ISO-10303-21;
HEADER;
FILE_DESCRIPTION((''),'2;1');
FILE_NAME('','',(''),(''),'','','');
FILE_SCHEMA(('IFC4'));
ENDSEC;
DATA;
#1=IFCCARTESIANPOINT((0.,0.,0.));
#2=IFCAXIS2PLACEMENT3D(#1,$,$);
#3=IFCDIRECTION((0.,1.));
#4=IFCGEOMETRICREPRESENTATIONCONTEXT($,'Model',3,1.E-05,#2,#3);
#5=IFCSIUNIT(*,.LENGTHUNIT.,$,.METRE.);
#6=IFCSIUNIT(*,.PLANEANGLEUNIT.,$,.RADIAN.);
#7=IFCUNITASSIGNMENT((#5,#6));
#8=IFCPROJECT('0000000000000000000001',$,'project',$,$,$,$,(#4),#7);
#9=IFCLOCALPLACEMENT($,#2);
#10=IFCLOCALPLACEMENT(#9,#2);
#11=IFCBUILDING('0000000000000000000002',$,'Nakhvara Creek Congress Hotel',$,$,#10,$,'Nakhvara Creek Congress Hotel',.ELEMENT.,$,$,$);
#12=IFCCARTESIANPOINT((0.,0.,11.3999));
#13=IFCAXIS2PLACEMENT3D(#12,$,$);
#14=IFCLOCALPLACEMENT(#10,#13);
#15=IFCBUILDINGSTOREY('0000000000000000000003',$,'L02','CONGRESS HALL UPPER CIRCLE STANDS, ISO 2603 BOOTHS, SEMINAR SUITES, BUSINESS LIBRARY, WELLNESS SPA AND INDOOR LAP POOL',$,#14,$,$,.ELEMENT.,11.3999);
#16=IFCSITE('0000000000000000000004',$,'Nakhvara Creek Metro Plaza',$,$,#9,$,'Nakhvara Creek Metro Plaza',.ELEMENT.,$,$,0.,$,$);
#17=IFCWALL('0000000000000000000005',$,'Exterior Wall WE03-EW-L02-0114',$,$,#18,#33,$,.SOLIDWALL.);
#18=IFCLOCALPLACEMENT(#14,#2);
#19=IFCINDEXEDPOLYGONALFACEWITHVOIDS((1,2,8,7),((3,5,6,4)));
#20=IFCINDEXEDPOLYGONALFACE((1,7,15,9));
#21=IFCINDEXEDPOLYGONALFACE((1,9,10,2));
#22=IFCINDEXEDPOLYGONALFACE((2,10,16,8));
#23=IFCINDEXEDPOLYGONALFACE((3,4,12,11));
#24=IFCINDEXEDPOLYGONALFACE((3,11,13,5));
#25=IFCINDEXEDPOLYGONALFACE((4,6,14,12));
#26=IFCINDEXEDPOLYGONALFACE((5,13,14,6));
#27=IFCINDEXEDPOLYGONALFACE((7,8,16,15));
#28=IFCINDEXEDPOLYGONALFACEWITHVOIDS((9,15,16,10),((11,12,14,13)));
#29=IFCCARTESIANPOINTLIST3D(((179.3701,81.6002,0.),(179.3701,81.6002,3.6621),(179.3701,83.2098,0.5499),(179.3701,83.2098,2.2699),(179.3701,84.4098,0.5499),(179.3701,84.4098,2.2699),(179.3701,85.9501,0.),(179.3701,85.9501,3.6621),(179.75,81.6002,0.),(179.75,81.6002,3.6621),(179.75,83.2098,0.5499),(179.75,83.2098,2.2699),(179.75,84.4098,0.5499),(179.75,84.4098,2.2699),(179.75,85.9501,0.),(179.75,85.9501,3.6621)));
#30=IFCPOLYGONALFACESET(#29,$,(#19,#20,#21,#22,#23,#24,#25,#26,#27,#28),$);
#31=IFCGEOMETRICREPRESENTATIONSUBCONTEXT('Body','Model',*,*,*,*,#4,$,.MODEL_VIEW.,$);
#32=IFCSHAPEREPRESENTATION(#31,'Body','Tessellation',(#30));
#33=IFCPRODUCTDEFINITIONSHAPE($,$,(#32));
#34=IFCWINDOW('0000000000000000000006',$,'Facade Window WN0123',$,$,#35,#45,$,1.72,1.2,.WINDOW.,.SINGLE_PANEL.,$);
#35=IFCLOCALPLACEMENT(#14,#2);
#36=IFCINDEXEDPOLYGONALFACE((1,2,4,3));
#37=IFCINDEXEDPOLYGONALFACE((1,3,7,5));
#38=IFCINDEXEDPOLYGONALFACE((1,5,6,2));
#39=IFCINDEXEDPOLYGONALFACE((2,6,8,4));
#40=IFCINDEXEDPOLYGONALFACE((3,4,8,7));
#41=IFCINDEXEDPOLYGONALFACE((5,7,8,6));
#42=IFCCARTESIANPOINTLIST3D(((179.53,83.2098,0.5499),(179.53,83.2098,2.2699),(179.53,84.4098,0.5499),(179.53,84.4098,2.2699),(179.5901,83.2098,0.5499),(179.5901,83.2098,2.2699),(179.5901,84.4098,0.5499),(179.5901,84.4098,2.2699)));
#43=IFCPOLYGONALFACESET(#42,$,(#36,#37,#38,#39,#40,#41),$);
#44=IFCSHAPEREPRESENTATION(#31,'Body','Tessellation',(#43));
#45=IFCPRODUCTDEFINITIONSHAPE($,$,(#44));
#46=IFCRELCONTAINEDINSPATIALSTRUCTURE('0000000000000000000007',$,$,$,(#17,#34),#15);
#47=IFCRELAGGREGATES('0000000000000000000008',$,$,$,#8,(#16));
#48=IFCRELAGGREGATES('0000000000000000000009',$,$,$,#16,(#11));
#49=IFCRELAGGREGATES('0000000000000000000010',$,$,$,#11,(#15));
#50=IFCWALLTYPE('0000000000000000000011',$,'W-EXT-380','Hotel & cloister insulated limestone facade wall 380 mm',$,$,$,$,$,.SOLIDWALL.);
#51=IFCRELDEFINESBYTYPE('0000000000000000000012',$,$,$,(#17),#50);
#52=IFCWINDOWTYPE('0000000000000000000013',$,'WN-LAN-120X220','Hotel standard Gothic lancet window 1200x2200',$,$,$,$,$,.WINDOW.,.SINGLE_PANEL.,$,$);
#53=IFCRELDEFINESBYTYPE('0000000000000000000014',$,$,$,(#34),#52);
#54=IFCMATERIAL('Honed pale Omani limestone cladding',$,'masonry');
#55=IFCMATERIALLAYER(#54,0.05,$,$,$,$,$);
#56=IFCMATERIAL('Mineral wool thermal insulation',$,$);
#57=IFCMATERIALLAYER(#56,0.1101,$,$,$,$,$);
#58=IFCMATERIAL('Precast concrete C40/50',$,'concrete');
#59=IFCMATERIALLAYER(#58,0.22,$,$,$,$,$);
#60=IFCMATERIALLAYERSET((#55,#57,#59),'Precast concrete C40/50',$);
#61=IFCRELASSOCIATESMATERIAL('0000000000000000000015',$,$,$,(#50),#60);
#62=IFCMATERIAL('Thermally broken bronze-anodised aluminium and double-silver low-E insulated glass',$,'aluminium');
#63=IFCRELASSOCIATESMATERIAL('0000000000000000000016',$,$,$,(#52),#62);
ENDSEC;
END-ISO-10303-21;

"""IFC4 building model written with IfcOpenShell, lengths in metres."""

from ifc_helpers import new_model, si_unit, direction, frame, frame_2d, origin, place, context, subcontext, project, spatial, rectangle, extrude, material, layer, layer_set, type_object, element, fill, save


model = new_model("IFC4")

# Units and contexts
model_context = context("Model", 3, precision=1e-05, world=origin(), true_north=direction((0.0, 1.0)))
body_context = subcontext(model_context, "Body", "Model", "MODEL_VIEW")
ifc_project = project(units=[si_unit("LENGTHUNIT", "METRE"), si_unit("PLANEANGLEUNIT", "RADIAN")], contexts=[model_context])

# Site, building, storey
site_placement = place(None, origin())
site = spatial("IfcSite", under=ifc_project, at=site_placement, Name="Nakhvara Creek Metro Plaza", LongName="Nakhvara Creek Metro Plaza", CompositionType="ELEMENT", RefElevation=0.0)
building_placement = place(site_placement, origin())
building = spatial("IfcBuilding", under=site, at=building_placement, Name="Nakhvara Creek Congress Hotel", LongName="Nakhvara Creek Congress Hotel", CompositionType="ELEMENT")
storey_placement = place(building_placement, frame((0.0, 0.0, 11.3999)))
storey = spatial("IfcBuildingStorey", under=building, at=storey_placement, Name="L02", Description="CONGRESS HALL UPPER CIRCLE STANDS, ISO 2603 BOOTHS, SEMINAR SUITES, BUSINESS LIBRARY, WELLNESS SPA AND INDOOR LAP POOL", CompositionType="ELEMENT", Elevation=11.3999)

# Wall, opening, window
ifc_material_1 = material(Name="Honed pale Omani limestone cladding", Category="masonry")
ifc_layer_1 = layer(ifc_material_1, 0.05)
ifc_material_2 = material(Name="Mineral wool thermal insulation")
ifc_layer_2 = layer(ifc_material_2, 0.1101)
ifc_material_3 = material(Name="Precast concrete C40/50", Category="concrete")
ifc_layer_3 = layer(ifc_material_3, 0.22)
ifc_layer_set_1 = layer_set([ifc_layer_1, ifc_layer_2, ifc_layer_3], Name="Precast concrete C40/50")
wall_type_1 = type_object("IfcWallType", Name="W-EXT-380", Description="Hotel & cloister insulated limestone facade wall 380 mm", PredefinedType="SOLIDWALL", material=ifc_layer_set_1)
wall_1_placement = place(storey_placement, frame((179.5601, 85.95, 0.0), z_axis=(0.0, 0.0, 1.0), x_axis=(0.0, -1.0, 0.0)))
wall_1 = element("IfcWall", 1, at=wall_1_placement, inside=storey, type_object=wall_type_1, Name="Exterior Wall WE03-EW-L02-0114", PredefinedType="SOLIDWALL", context=body_context, shape_type="SweptSolid", body=[
    extrude(rectangle(XDim=4.3499, YDim=0.3799, at=frame_2d((2.1748, 0.0))), origin(), (0.0, 0.0, 1.0), 3.6621),
])
opening_1_placement = place(wall_1_placement, frame((1.54, 0.0, 0.55)))
opening_1 = element("IfcOpeningElement", 2, at=opening_1_placement, cuts=wall_1, PredefinedType="OPENING", context=body_context, shape_type="SweptSolid", body=[
    extrude(rectangle(XDim=1.2, YDim=1.72, at=frame_2d((0.6001, 0.8599))), frame((0.0, 0.2019, 0.0), z_axis=(0.0, -1.0, 0.0), x_axis=(1.0, 0.0, 0.0)), (0.0, 0.0, 1.0), 0.4038),
])
ifc_material_4 = material(Name="Thermally broken bronze-anodised aluminium and double-silver low-E insulated glass", Category="aluminium")
window_type = type_object("IfcWindowType", Name="WN-LAN-120X220", Description="Hotel standard Gothic lancet window 1200x2200", PartitioningType="SINGLE_PANEL", PredefinedType="WINDOW", material=ifc_material_4)
window_placement = place(opening_1_placement, origin())
window = element("IfcWindow", 3, at=window_placement, inside=storey, type_object=window_type, Name="Facade Window WN0123", OverallHeight=1.72, OverallWidth=1.2, PartitioningType="SINGLE_PANEL", PredefinedType="WINDOW", context=body_context, shape_type="SweptSolid", body=[
    extrude(rectangle(XDim=1.2, YDim=1.72, at=frame_2d((0.6001, 0.8599))), frame((0.0, 0.03, 0.0), z_axis=(0.0, -1.0, 0.0), x_axis=(1.0, 0.0, 0.0)), (0.0, 0.0, 1.0), 0.0601),
])
fill(opening_1, window)

save(model, "model.ifc")
